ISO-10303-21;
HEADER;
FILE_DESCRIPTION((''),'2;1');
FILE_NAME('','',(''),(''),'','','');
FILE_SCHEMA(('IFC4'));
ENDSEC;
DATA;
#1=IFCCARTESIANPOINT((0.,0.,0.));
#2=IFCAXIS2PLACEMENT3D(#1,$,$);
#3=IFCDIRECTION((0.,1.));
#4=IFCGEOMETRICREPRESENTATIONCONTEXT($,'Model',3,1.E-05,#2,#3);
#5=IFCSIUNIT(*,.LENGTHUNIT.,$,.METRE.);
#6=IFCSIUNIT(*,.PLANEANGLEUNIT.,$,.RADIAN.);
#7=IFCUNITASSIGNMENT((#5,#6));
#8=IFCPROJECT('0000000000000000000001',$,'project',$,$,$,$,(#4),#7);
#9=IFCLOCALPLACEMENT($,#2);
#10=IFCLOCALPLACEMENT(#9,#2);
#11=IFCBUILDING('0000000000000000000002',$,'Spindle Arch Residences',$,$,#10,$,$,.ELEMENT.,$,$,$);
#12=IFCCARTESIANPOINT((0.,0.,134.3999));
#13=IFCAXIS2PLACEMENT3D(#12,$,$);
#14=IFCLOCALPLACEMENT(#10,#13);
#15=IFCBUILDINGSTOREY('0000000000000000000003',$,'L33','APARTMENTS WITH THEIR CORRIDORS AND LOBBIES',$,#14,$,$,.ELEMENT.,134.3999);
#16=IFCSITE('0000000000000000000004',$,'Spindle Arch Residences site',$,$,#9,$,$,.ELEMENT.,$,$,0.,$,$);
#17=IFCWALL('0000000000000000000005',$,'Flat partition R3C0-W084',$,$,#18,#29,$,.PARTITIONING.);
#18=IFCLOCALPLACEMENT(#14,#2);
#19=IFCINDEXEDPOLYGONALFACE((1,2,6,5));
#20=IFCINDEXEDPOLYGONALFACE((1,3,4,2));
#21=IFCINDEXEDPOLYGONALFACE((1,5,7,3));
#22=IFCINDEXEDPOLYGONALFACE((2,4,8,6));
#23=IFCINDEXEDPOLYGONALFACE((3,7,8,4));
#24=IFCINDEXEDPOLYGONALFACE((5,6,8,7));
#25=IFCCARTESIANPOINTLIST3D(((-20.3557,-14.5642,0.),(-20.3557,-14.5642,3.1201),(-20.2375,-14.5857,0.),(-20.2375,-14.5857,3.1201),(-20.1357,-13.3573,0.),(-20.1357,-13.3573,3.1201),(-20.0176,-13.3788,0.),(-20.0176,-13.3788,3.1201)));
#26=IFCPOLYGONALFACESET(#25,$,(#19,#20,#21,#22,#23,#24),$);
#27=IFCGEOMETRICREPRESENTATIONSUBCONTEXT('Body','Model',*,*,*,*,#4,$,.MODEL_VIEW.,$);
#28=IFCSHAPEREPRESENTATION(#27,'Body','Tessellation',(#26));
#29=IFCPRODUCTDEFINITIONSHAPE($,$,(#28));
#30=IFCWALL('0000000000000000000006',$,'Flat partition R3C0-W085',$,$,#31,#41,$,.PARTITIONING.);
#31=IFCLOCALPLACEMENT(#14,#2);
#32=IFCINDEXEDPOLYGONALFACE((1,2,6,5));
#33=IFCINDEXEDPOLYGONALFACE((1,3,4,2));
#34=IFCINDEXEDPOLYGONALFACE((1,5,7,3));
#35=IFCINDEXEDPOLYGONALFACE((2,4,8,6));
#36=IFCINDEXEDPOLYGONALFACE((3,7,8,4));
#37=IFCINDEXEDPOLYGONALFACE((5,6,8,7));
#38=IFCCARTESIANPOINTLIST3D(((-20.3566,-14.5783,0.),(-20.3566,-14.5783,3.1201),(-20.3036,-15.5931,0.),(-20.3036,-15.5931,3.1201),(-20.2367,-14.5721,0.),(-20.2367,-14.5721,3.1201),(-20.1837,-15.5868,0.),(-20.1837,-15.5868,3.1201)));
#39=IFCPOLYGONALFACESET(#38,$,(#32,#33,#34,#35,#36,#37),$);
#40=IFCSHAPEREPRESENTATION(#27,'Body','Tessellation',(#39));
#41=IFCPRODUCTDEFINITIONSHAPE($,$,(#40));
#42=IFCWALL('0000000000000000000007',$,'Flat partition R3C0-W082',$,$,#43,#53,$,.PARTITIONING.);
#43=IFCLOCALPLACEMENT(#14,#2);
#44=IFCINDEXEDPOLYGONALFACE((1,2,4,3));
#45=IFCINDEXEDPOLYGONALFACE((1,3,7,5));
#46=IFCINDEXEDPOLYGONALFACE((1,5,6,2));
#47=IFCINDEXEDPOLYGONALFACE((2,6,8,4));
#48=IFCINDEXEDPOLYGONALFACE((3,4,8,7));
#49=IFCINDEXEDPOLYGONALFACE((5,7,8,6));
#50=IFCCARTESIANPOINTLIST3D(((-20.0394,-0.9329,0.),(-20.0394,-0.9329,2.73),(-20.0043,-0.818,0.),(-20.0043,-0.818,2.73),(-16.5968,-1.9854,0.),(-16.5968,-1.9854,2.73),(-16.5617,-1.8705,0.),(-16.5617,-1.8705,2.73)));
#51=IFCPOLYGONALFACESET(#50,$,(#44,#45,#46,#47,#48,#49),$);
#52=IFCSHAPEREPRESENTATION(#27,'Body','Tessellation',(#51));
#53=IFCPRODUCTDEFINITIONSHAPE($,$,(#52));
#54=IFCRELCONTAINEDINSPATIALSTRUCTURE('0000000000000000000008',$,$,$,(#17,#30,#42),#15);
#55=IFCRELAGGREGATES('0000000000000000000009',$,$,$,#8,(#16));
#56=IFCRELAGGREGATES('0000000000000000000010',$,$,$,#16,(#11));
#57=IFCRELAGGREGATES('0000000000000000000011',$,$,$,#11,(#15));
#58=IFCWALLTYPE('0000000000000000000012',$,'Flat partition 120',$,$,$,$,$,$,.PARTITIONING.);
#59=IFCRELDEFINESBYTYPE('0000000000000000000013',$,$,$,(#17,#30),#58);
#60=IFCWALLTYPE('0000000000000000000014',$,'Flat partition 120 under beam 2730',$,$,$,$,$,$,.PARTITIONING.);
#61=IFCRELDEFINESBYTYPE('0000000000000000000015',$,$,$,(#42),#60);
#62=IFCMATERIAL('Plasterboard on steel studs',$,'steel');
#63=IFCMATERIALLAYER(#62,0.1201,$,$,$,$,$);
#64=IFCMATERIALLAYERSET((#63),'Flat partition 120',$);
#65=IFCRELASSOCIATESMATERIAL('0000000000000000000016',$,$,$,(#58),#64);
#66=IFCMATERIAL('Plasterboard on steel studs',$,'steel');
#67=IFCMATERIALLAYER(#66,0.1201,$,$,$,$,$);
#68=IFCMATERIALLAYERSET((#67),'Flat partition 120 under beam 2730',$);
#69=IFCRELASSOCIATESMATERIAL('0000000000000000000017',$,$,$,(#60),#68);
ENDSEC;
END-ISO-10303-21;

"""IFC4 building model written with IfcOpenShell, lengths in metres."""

from ifc_helpers import new_model, si_unit, direction, frame, frame_2d, origin, place, context, subcontext, project, spatial, rectangle, extrude, material, layer, layer_set, type_object, element, save


model = new_model("IFC4")

# Units and contexts
model_context = context("Model", 3, precision=1e-05, world=origin(), true_north=direction((0.0, 1.0)))
body_context = subcontext(model_context, "Body", "Model", "MODEL_VIEW")
ifc_project = project(units=[si_unit("LENGTHUNIT", "METRE"), si_unit("PLANEANGLEUNIT", "RADIAN")], contexts=[model_context])

# Site, building, storey
site_placement = place(None, origin())
site = spatial("IfcSite", under=ifc_project, at=site_placement, Name="Spindle Arch Residences site", CompositionType="ELEMENT", RefElevation=0.0)
building_placement = place(site_placement, origin())
building = spatial("IfcBuilding", under=site, at=building_placement, Name="Spindle Arch Residences", CompositionType="ELEMENT")
storey_placement = place(building_placement, frame((0.0, 0.0, 134.3999)))
storey = spatial("IfcBuildingStorey", under=building, at=storey_placement, Name="L33", Description="APARTMENTS WITH THEIR CORRIDORS AND LOBBIES", CompositionType="ELEMENT", Elevation=134.3999)

# Shared definitions
ifc_material_1 = material(Name="Plasterboard on steel studs", Category="steel")
ifc_layer_1 = layer(ifc_material_1, 0.1201)
ifc_layer_set_1 = layer_set([ifc_layer_1], Name="Flat partition 120")
wall_type_1 = type_object("IfcWallType", Name="Flat partition 120", PredefinedType="PARTITIONING", material=ifc_layer_set_1)

# Walls
wall_1_placement = place(storey_placement, frame((-20.0767, -13.3682, 0.0), z_axis=(0.0, 0.0, 1.0), x_axis=(-0.179288, -0.983797, 0.0)))
element("IfcWall", 1, at=wall_1_placement, inside=storey, type_object=wall_type_1, Name="Flat partition R3C0-W084", PredefinedType="PARTITIONING", context=body_context, shape_type="SweptSolid", body=[
    extrude(rectangle(XDim=1.2268, YDim=0.1201, at=frame_2d((0.6133, 0.0))), origin(), (0.0, 0.0, 1.0), 3.1201),
])
wall_2_placement = place(storey_placement, frame((-20.2966, -14.5752, 0.0), z_axis=(0.0, 0.0, 1.0), x_axis=(0.052143, -0.99864, 0.0)))
element("IfcWall", 2, at=wall_2_placement, inside=storey, type_object=wall_type_1, Name="Flat partition R3C0-W085", PredefinedType="PARTITIONING", context=body_context, shape_type="SweptSolid", body=[
    extrude(rectangle(XDim=1.0161, YDim=0.1201, at=frame_2d((0.5081, 0.0))), origin(), (0.0, 0.0, 1.0), 3.1201),
])
ifc_material_2 = material(Name="Plasterboard on steel studs", Category="steel")
ifc_layer_2 = layer(ifc_material_2, 0.1201)
ifc_layer_set_2 = layer_set([ifc_layer_2], Name="Flat partition 120 under beam 2730")
wall_type_2 = type_object("IfcWallType", Name="Flat partition 120 under beam 2730", PredefinedType="PARTITIONING", material=ifc_layer_set_2)
wall_3_placement = place(storey_placement, frame((-20.0217, -0.8755, 0.0), z_axis=(0.0, 0.0, 1.0), x_axis=(0.956307, -0.292365, 0.0)))
element("IfcWall", 3, at=wall_3_placement, inside=storey, type_object=wall_type_2, Name="Flat partition R3C0-W082", PredefinedType="PARTITIONING", context=body_context, shape_type="SweptSolid", body=[
    extrude(rectangle(XDim=3.5999, YDim=0.1201, at=frame_2d((1.7998, 0.0))), origin(), (0.0, 0.0, 1.0), 2.73),
])

save(model, "model.ifc")
